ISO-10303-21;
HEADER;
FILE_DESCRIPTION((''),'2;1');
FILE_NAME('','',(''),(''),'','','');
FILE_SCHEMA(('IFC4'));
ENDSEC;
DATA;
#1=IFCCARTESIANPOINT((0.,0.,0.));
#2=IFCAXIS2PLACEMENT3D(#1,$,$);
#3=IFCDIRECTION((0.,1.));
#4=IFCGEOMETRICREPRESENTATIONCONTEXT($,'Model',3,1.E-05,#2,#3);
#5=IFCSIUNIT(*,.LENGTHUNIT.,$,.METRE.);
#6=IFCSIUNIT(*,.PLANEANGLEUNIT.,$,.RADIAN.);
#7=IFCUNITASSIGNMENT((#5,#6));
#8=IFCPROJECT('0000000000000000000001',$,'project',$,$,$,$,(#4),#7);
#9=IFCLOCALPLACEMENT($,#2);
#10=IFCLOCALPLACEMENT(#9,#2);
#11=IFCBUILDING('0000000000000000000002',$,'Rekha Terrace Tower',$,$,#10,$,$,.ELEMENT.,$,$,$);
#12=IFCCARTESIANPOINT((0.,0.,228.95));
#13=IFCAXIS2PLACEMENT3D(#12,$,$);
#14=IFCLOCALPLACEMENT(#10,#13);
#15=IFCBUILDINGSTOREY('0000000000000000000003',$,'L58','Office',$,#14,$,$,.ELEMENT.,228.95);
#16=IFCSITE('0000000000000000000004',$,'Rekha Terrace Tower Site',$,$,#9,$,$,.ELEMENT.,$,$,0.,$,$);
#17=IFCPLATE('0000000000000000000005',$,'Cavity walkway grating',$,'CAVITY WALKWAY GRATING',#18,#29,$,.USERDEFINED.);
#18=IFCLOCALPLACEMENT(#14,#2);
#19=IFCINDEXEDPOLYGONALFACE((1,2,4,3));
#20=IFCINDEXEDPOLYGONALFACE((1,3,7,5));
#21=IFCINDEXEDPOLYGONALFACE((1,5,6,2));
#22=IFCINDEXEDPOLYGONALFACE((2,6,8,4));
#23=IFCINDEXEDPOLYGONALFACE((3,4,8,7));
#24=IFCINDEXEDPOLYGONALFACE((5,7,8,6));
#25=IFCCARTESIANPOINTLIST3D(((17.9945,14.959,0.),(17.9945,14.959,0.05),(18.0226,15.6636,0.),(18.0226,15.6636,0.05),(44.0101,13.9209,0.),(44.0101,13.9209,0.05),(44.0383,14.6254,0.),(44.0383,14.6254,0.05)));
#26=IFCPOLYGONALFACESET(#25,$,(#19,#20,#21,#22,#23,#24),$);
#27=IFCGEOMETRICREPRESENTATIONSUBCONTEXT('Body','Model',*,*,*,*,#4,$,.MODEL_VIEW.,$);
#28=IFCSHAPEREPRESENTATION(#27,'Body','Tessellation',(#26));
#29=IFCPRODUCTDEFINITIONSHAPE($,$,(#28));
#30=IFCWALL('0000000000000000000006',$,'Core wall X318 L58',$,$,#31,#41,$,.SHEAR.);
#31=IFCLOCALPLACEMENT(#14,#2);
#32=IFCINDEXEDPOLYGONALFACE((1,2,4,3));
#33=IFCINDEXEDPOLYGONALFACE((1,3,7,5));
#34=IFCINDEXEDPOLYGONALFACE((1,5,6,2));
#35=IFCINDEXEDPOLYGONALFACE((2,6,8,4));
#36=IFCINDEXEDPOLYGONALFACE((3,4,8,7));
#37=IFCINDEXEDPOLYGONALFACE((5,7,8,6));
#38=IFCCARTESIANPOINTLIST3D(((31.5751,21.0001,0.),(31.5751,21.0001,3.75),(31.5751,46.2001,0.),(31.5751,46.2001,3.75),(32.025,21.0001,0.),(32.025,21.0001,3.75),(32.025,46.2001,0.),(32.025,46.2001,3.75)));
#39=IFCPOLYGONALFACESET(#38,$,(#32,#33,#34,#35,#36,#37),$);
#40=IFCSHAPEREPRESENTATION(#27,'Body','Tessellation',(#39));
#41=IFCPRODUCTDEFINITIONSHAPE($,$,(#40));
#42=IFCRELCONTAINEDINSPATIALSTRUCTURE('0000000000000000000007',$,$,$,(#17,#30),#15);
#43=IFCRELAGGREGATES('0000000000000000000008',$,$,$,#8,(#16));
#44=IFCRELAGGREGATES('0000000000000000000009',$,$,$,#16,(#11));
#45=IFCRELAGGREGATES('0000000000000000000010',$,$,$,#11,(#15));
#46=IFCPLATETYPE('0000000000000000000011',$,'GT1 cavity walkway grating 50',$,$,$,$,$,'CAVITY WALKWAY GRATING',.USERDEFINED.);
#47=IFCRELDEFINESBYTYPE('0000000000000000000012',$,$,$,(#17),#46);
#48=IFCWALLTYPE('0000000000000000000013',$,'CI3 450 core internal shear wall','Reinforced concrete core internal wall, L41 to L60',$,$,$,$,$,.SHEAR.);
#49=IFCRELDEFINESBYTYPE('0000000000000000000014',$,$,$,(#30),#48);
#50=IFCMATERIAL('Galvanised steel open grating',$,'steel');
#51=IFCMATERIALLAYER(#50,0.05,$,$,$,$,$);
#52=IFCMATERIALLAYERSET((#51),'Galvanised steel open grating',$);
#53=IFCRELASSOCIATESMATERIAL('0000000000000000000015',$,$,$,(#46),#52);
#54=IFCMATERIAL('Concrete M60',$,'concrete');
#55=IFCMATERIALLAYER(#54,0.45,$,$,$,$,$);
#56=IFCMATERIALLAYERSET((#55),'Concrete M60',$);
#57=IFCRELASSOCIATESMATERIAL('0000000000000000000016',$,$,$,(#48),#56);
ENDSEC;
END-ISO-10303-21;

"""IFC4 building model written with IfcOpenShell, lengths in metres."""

from ifc_helpers import new_model, si_unit, direction, frame, frame_2d, origin, origin_2d, place, context, subcontext, project, spatial, rectangle, extrude, material, layer, layer_set, type_object, element, save


model = new_model("IFC4")

# Units and contexts
model_context = context("Model", 3, precision=1e-05, world=origin(), true_north=direction((0.0, 1.0)))
body_context = subcontext(model_context, "Body", "Model", "MODEL_VIEW")
ifc_project = project(units=[si_unit("LENGTHUNIT", "METRE"), si_unit("PLANEANGLEUNIT", "RADIAN")], contexts=[model_context])

# Site, building, storey
site_placement = place(None, origin())
site = spatial("IfcSite", under=ifc_project, at=site_placement, Name="Rekha Terrace Tower Site", CompositionType="ELEMENT", RefElevation=0.0)
building_placement = place(site_placement, origin())
building = spatial("IfcBuilding", under=site, at=building_placement, Name="Rekha Terrace Tower", CompositionType="ELEMENT")
storey_placement = place(building_placement, frame((0.0, 0.0, 228.95)))
storey = spatial("IfcBuildingStorey", under=building, at=storey_placement, Name="L58", Description="Office", CompositionType="ELEMENT", Elevation=228.95)

# Plate
ifc_material_1 = material(Name="Galvanised steel open grating", Category="steel")
ifc_layer_1 = layer(ifc_material_1, 0.05)
ifc_layer_set_1 = layer_set([ifc_layer_1], Name="Galvanised steel open grating")
plate_type_1 = type_object("IfcPlateType", Name="GT1 cavity walkway grating 50", ElementType="CAVITY WALKWAY GRATING", PredefinedType="USERDEFINED", material=ifc_layer_set_1)
plate_1_placement = place(storey_placement, frame((31.0164, 14.7922, 0.0), z_axis=(0.0, 0.0, 1.0), x_axis=(0.999205, -0.039872, 0.0)))
element("IfcPlate", 1, at=plate_1_placement, inside=storey, type_object=plate_type_1, Name="Cavity walkway grating", ObjectType="CAVITY WALKWAY GRATING", PredefinedType="USERDEFINED", context=body_context, shape_type="SweptSolid", body=[
    extrude(rectangle(XDim=26.0364, YDim=0.7051, at=origin_2d()), origin(), (0.0, 0.0, 1.0), 0.05),
])

# Wall
ifc_material_2 = material(Name="Concrete M60", Category="concrete")
ifc_layer_2 = layer(ifc_material_2, 0.45)
ifc_layer_set_2 = layer_set([ifc_layer_2], Name="Concrete M60")
wall_type = type_object("IfcWallType", Name="CI3 450 core internal shear wall", Description="Reinforced concrete core internal wall, L41 to L60", PredefinedType="SHEAR", material=ifc_layer_set_2)
wall_placement = place(storey_placement, frame((31.8, 21.0, 0.0), z_axis=(0.0, 0.0, 1.0), x_axis=(0.0, 1.0, 0.0)))
element("IfcWall", 2, at=wall_placement, inside=storey, type_object=wall_type, Name="Core wall X318 L58", PredefinedType="SHEAR", context=body_context, shape_type="SweptSolid", body=[
    extrude(rectangle(XDim=25.2, YDim=0.45, at=frame_2d((12.6001, 0.0))), origin(), (0.0, 0.0, 1.0), 3.75),
])

save(model, "model.ifc")
